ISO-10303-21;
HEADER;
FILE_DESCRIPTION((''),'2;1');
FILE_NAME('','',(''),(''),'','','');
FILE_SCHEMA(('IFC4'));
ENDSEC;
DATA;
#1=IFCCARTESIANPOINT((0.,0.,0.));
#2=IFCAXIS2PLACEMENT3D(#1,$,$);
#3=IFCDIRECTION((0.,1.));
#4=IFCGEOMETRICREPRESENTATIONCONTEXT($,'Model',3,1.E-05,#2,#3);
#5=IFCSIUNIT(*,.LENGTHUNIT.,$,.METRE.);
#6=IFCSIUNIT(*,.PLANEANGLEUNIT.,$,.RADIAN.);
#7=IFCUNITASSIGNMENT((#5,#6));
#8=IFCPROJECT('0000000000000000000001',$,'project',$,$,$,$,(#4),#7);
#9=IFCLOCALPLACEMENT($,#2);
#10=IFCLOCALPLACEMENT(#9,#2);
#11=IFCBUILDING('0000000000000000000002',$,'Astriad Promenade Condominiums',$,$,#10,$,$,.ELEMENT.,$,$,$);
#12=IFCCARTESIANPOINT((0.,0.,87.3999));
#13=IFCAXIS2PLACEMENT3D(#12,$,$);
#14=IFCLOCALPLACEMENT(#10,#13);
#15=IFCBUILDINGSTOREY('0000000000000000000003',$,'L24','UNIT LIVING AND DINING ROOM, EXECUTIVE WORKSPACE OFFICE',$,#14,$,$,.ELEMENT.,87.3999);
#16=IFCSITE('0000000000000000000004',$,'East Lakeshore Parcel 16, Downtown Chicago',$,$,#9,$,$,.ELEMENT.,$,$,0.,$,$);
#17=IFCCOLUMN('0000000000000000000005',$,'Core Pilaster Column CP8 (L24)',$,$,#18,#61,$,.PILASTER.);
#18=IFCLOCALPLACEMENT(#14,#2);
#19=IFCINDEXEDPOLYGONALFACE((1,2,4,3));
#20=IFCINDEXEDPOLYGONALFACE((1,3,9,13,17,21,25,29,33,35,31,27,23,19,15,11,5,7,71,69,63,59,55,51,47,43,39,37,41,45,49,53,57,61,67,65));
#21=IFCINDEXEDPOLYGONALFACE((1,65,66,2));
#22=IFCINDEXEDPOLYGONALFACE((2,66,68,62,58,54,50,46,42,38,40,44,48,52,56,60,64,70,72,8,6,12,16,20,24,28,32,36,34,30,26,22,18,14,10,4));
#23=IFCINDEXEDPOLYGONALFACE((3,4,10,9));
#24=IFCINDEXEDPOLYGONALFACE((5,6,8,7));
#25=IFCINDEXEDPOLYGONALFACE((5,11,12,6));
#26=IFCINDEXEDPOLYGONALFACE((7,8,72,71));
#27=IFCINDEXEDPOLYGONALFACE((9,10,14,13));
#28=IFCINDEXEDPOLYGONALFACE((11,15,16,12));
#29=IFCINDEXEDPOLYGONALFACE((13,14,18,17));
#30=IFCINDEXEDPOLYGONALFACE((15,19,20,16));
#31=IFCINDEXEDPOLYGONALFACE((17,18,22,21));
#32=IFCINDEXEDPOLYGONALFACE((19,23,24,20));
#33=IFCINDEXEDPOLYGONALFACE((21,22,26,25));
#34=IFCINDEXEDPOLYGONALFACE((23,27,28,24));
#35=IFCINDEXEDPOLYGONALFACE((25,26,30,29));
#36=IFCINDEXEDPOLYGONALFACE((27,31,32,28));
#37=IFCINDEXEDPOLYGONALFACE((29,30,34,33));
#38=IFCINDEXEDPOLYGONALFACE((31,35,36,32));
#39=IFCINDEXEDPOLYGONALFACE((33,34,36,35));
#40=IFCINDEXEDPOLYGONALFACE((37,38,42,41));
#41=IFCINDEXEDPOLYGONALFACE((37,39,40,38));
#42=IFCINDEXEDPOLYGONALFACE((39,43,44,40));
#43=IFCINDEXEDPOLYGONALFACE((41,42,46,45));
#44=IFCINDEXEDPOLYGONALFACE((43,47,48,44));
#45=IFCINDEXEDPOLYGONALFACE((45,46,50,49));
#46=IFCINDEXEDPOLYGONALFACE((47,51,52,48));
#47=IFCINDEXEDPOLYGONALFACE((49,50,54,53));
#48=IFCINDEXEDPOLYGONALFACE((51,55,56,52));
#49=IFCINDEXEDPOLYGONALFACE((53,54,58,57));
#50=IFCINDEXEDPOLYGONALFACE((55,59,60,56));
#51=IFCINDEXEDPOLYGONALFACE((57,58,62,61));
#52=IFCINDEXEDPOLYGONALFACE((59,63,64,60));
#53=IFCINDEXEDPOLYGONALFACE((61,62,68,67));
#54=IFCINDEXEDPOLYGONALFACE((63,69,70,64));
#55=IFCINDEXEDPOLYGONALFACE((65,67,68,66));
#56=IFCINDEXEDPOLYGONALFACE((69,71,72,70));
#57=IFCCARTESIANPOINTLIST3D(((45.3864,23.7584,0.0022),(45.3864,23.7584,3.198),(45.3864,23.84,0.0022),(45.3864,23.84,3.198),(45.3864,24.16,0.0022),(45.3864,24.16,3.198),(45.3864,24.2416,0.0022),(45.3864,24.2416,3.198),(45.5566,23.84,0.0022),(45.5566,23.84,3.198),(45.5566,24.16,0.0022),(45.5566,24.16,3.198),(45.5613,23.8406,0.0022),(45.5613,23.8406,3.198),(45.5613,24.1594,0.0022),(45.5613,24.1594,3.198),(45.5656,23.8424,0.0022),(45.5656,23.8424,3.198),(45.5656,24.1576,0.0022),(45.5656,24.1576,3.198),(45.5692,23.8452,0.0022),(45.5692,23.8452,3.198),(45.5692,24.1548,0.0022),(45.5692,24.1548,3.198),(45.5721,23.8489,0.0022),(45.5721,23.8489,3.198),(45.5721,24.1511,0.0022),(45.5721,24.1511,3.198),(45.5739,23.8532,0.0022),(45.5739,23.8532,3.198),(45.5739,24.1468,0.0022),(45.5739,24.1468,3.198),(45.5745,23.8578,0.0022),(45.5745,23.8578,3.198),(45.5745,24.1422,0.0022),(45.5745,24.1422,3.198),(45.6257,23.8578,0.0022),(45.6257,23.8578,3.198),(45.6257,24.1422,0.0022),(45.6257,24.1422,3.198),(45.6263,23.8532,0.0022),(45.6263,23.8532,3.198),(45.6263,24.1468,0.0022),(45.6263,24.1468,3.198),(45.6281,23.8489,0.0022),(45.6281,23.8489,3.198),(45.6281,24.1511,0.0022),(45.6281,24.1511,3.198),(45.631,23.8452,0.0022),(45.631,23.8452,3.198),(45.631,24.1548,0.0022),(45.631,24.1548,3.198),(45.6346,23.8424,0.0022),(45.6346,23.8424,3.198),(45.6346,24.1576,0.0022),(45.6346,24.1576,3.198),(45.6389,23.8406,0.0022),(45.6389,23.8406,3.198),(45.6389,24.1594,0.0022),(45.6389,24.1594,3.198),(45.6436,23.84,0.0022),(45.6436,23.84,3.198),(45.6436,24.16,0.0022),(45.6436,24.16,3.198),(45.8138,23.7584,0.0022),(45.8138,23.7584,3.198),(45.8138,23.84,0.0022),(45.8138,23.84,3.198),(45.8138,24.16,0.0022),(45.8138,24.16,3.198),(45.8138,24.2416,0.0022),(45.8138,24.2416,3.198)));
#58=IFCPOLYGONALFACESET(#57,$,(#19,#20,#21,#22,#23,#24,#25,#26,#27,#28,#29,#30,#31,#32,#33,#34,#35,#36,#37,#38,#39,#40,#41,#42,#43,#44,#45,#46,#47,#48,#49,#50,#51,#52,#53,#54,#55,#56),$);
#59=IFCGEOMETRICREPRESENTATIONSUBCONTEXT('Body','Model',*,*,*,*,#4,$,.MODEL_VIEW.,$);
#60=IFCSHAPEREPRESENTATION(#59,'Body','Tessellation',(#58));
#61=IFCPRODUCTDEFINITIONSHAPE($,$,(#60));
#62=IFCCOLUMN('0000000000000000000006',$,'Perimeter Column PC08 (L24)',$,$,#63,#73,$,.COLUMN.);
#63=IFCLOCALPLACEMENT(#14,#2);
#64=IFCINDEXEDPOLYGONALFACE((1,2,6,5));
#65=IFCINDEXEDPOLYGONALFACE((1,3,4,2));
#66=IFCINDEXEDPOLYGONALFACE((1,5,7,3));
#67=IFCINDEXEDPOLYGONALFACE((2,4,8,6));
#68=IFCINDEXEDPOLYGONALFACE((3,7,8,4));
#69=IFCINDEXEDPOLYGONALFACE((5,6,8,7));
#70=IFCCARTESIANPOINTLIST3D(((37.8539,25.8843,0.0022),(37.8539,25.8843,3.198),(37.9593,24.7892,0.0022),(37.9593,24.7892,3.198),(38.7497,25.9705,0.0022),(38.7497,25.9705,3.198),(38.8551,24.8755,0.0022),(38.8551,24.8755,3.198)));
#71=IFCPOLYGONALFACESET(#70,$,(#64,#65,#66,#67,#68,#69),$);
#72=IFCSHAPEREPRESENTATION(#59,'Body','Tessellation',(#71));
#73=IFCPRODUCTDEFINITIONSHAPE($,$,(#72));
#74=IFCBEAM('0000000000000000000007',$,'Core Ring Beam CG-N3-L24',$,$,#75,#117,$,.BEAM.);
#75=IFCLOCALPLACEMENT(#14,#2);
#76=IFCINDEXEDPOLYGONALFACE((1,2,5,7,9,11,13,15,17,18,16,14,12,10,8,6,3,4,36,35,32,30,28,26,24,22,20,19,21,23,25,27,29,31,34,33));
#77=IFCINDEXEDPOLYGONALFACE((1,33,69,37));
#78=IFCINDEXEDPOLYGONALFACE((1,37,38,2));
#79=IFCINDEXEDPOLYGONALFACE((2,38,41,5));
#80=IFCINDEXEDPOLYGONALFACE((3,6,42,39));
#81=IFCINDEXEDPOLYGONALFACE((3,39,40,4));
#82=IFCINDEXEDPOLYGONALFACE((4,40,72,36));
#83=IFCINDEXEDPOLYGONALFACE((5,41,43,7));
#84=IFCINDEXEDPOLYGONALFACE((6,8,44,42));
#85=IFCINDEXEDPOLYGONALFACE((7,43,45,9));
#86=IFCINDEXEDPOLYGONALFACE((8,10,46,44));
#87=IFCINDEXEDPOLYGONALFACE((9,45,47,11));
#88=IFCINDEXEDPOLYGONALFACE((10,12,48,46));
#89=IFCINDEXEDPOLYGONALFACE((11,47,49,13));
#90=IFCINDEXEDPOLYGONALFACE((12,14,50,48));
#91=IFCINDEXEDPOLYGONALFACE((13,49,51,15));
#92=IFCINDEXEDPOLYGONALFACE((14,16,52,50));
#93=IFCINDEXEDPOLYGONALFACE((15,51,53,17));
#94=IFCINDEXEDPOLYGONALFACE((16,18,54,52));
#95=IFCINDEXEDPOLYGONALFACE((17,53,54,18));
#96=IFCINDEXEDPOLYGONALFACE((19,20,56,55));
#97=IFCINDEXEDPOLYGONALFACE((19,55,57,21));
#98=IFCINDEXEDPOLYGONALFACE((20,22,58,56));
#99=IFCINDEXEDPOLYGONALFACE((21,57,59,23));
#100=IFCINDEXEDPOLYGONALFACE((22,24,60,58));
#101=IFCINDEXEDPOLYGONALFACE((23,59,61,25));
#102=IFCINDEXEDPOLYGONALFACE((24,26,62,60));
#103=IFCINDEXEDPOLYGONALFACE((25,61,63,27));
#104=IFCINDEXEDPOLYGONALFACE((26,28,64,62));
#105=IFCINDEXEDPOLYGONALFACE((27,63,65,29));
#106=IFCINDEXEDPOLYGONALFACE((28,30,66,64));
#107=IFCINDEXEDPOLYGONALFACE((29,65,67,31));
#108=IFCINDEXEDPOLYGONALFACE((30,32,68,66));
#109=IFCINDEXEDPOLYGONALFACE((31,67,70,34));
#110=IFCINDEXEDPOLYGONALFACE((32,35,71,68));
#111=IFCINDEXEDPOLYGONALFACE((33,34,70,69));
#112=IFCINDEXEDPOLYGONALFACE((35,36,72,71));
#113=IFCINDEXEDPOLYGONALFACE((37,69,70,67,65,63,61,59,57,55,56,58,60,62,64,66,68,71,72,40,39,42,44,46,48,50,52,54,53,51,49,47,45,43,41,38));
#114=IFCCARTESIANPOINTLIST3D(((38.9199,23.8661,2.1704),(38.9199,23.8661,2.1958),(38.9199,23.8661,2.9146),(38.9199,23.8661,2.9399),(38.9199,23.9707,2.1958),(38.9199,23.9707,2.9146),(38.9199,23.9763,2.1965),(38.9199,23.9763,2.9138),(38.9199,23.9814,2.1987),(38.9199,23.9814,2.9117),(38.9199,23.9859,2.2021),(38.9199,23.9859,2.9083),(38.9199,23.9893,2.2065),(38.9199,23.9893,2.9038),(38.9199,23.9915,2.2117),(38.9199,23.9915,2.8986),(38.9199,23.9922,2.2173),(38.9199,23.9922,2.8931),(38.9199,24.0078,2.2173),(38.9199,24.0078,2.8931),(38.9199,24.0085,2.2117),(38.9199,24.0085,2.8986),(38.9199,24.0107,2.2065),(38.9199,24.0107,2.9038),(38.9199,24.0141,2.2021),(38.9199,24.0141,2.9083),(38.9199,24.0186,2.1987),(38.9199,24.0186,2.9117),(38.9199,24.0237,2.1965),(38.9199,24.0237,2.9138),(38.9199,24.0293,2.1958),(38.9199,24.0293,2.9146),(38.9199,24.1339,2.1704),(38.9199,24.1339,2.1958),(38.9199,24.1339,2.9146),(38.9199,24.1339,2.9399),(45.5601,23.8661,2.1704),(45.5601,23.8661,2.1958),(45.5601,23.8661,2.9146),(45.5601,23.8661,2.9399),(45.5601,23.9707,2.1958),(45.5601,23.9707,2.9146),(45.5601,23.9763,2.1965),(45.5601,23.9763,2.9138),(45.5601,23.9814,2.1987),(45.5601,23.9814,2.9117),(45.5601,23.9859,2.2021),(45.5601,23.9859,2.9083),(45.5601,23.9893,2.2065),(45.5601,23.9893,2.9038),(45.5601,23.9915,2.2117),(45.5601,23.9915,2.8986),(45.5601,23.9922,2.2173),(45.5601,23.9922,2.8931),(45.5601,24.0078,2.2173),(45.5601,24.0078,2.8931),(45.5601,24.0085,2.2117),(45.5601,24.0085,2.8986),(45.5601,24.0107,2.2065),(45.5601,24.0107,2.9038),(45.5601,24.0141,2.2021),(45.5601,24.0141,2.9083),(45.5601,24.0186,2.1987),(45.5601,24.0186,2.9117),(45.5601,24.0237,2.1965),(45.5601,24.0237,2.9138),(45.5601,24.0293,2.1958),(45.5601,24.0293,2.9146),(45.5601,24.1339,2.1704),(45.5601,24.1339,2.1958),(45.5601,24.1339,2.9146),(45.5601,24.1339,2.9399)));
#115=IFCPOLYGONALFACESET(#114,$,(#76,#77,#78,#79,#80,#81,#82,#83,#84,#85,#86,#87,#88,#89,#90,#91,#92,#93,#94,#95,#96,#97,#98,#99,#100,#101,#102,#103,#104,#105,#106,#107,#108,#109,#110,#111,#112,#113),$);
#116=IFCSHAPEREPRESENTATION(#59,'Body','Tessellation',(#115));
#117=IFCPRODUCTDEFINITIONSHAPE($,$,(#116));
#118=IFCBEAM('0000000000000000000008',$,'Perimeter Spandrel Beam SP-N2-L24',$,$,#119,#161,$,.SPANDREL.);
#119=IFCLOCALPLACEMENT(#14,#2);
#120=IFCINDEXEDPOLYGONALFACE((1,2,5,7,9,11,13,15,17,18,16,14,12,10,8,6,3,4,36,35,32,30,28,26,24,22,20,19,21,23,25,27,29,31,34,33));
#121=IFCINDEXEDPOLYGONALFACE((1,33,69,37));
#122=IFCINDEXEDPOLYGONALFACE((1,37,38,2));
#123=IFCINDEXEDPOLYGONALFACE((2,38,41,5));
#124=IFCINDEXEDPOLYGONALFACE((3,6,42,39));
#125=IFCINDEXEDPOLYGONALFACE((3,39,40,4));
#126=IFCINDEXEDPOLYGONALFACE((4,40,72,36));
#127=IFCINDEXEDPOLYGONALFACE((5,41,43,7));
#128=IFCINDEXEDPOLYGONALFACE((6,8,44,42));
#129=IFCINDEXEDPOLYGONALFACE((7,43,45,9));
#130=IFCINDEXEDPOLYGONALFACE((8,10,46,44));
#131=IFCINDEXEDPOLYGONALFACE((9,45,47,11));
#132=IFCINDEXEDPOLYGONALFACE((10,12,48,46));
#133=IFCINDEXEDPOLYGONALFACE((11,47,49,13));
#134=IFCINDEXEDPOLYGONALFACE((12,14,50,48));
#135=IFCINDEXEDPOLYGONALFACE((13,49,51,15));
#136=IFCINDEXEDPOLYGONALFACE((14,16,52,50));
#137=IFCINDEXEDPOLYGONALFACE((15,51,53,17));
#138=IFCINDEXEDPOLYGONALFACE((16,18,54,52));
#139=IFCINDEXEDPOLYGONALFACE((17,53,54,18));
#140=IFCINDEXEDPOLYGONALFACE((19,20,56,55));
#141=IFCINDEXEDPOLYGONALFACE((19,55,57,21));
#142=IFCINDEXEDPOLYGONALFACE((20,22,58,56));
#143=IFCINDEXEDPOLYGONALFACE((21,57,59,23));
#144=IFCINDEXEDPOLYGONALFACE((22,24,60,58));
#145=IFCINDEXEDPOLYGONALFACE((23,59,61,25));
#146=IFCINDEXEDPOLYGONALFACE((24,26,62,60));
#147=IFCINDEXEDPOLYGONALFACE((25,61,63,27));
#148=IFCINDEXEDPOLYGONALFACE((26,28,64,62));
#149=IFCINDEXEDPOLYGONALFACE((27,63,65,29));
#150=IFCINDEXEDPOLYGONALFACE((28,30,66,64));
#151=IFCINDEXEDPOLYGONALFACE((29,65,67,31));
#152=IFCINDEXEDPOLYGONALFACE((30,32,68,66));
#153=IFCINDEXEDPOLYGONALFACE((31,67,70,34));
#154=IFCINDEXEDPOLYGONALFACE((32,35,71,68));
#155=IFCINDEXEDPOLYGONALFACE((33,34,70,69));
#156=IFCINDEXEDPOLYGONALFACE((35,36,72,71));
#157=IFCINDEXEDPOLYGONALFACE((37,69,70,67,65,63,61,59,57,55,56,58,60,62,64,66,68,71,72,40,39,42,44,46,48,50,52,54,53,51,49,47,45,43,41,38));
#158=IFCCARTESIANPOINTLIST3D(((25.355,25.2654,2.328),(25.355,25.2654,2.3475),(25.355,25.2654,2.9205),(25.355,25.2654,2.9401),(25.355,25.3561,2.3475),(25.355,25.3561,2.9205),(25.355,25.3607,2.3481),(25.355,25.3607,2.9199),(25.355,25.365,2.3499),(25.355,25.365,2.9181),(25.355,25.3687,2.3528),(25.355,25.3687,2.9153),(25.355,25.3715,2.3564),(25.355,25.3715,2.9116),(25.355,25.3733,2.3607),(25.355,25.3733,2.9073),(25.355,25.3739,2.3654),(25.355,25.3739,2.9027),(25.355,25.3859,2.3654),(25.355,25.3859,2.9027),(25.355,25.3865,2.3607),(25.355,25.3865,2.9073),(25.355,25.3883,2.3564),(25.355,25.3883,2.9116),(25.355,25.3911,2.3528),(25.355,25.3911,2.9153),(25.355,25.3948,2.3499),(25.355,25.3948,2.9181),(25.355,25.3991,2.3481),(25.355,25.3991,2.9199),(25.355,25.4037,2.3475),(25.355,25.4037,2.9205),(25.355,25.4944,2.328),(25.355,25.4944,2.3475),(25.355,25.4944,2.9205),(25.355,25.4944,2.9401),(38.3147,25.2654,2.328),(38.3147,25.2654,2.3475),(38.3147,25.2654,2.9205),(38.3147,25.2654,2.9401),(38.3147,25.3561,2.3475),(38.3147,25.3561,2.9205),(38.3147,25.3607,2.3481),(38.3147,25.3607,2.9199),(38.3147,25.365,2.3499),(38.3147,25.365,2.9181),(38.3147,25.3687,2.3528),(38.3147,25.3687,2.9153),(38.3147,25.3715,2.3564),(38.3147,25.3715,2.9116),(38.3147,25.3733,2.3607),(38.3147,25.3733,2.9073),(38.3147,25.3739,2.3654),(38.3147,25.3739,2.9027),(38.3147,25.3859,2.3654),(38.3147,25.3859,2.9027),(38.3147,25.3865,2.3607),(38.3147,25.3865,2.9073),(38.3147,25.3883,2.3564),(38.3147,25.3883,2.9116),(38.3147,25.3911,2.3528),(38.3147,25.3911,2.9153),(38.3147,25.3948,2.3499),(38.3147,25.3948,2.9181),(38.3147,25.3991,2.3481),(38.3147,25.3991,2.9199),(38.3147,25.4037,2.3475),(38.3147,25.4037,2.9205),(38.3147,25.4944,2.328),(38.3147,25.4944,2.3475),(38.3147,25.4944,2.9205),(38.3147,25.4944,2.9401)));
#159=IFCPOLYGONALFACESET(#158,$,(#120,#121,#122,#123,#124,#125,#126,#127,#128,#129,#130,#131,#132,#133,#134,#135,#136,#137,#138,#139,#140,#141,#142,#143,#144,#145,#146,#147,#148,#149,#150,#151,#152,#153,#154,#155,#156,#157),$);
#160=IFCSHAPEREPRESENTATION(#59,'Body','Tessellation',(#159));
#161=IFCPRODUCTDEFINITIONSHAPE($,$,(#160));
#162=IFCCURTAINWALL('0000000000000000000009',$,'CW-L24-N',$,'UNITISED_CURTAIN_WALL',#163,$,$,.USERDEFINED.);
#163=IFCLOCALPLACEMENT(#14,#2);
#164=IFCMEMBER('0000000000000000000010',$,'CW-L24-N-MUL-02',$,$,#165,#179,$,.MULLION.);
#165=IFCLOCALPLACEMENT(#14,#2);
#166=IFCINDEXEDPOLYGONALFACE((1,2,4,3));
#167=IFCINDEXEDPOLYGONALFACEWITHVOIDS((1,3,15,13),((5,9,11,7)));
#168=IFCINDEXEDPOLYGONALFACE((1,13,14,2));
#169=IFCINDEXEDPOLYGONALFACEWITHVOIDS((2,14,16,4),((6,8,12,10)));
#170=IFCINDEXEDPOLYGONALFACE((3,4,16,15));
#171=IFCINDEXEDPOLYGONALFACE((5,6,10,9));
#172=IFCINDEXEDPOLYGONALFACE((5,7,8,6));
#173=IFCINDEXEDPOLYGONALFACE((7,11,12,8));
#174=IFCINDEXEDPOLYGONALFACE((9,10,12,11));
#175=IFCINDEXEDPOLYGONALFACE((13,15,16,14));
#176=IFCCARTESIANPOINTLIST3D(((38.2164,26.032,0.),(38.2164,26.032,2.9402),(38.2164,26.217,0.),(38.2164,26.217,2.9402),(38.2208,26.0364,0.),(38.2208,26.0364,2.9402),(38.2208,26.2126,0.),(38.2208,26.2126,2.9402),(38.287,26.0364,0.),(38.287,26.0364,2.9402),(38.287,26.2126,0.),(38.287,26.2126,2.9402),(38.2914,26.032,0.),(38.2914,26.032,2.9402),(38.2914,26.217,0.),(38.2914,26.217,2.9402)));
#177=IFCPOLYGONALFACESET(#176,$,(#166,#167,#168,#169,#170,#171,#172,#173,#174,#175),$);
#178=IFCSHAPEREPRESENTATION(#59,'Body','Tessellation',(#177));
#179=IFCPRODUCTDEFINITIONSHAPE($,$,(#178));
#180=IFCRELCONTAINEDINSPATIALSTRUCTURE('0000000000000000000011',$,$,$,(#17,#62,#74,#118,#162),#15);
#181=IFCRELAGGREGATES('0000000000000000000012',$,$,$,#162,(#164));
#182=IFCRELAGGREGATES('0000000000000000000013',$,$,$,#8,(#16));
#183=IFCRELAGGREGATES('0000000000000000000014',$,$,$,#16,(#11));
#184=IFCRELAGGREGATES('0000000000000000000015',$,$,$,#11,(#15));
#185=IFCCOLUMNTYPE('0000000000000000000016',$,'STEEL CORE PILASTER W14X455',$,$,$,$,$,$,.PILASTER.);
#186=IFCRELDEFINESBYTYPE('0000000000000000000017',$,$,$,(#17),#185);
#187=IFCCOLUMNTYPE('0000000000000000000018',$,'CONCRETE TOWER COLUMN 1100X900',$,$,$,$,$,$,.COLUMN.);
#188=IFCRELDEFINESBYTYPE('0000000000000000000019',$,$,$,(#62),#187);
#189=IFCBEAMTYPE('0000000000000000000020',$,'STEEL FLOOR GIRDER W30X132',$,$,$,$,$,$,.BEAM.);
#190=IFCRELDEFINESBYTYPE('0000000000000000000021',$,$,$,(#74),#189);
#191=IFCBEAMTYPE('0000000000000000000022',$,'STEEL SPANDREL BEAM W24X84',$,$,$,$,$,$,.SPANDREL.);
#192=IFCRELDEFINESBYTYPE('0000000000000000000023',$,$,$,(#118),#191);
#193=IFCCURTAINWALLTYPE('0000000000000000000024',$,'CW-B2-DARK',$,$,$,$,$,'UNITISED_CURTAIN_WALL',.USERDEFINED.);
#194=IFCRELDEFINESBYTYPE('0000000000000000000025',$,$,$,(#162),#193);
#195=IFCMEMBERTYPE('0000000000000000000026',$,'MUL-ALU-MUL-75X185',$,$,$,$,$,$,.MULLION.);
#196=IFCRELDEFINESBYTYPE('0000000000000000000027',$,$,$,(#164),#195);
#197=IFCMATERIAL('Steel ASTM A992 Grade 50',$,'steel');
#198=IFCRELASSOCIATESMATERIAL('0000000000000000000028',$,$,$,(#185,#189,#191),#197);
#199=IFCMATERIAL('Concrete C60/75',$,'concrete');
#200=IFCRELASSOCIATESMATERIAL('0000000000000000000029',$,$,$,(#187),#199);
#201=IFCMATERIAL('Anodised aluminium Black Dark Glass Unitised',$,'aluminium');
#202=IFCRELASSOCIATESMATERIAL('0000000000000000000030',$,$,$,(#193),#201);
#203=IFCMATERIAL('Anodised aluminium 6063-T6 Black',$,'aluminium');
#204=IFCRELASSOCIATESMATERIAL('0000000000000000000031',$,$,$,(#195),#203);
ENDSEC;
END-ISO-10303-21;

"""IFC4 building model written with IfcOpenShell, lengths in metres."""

from ifc_helpers import new_model, si_unit, direction, frame, origin, origin_2d, place, context, subcontext, project, spatial, rectangle, hollow_rectangle, i_section, extrude, source, transform, mapped, material, material_profile, profile_set, type_object, type_shapes, element, aggregate, save


model = new_model("IFC4")

# Units and contexts
model_context = context("Model", 3, precision=1e-05, world=origin(), true_north=direction((0.0, 1.0)))
body_context = subcontext(model_context, "Body", "Model", "MODEL_VIEW")
ifc_project = project(units=[si_unit("LENGTHUNIT", "METRE"), si_unit("PLANEANGLEUNIT", "RADIAN")], contexts=[model_context])

# Site, building, storey
site_placement = place(None, origin())
site = spatial("IfcSite", under=ifc_project, at=site_placement, Name="East Lakeshore Parcel 16, Downtown Chicago", CompositionType="ELEMENT", RefElevation=0.0)
building_placement = place(site_placement, origin())
building = spatial("IfcBuilding", under=site, at=building_placement, Name="Astriad Promenade Condominiums", CompositionType="ELEMENT")
storey_placement = place(building_placement, frame((0.0, 0.0, 87.3999)))
storey = spatial("IfcBuildingStorey", under=building, at=storey_placement, Name="L24", Description="UNIT LIVING AND DINING ROOM, EXECUTIVE WORKSPACE OFFICE", CompositionType="ELEMENT", Elevation=87.3999)

# Columns
ifc_material_1 = material(Name="Steel ASTM A992 Grade 50", Category="steel")
ifc_material_profile_1 = material_profile(ifc_material_1, i_section(OverallWidth=0.4275, OverallDepth=0.4832, WebThickness=0.0513, FlangeThickness=0.0815, FilletRadius=0.0178, at=origin_2d()), Name="W14X455")
ifc_profile_set_1 = profile_set([ifc_material_profile_1], Name="Steel ASTM A992 Grade 50")
column_type_1 = type_object("IfcColumnType", Name="STEEL CORE PILASTER W14X455", PredefinedType="PILASTER", material=ifc_profile_set_1)
shared_shape_1 = source(origin(), body_context, "Body", "SweptSolid", [
    extrude(i_section(OverallWidth=0.4275, OverallDepth=0.4832, WebThickness=0.0513, FlangeThickness=0.0815, FilletRadius=0.0178, at=origin_2d()), origin(), (0.0, 0.0, 1.0), 3.1958),
])
type_shapes(column_type_1, [shared_shape_1])
column_1_placement = place(storey_placement, frame((45.6001, 24.0, 0.0022), z_axis=(0.0, 0.0, 1.0), x_axis=(1.0, 0.0, 0.0)))
element("IfcColumn", 1, at=column_1_placement, inside=storey, type_object=column_type_1, Name="Core Pilaster Column CP8 (L24)", PredefinedType="PILASTER", context=body_context, shape_type="MappedRepresentation", body=[
    mapped(shared_shape_1, transform((0.0, 0.0, 0.0), scale=1.0)),
])
ifc_material_2 = material(Name="Concrete C60/75", Category="concrete")
ifc_material_profile_2 = material_profile(ifc_material_2, rectangle(XDim=0.8999, YDim=1.1001, at=origin_2d()), Name="RC-COL-1100X900")
ifc_profile_set_2 = profile_set([ifc_material_profile_2], Name="Concrete C60/75")
column_type_2 = type_object("IfcColumnType", Name="CONCRETE TOWER COLUMN 1100X900", PredefinedType="COLUMN", material=ifc_profile_set_2)
shared_shape_2 = source(origin(), body_context, "Body", "SweptSolid", [
    extrude(rectangle(XDim=0.8999, YDim=1.1001, at=origin_2d()), origin(), (0.0, 0.0, 1.0), 3.1958),
])
type_shapes(column_type_2, [shared_shape_2])
column_2_placement = place(storey_placement, frame((38.3545, 25.3799, 0.0022), z_axis=(0.0, 0.0, 1.0), x_axis=(0.995396, 0.095846, 0.0)))
element("IfcColumn", 2, at=column_2_placement, inside=storey, type_object=column_type_2, Name="Perimeter Column PC08 (L24)", PredefinedType="COLUMN", context=body_context, shape_type="MappedRepresentation", body=[
    mapped(shared_shape_2, transform((0.0, 0.0, 0.0), scale=1.0)),
])

# Beams
ifc_material_profile_3 = material_profile(ifc_material_1, i_section(OverallWidth=0.2678, OverallDepth=0.7695, WebThickness=0.0156, FlangeThickness=0.0254, FilletRadius=0.0215, at=origin_2d()), Name="W30X132")
ifc_profile_set_3 = profile_set([ifc_material_profile_3], Name="Steel ASTM A992 Grade 50")
beam_type_1 = type_object("IfcBeamType", Name="STEEL FLOOR GIRDER W30X132", PredefinedType="BEAM", material=ifc_profile_set_3)
shared_shape_3 = source(origin(), body_context, "Body", "SweptSolid", [
    extrude(i_section(OverallWidth=0.2678, OverallDepth=0.7695, WebThickness=0.0156, FlangeThickness=0.0254, FilletRadius=0.0215, at=origin_2d()), origin(), (0.0, 0.0, 1.0), 6.6401),
])
type_shapes(beam_type_1, [shared_shape_3])
beam_1_placement = place(storey_placement, frame((38.9199, 24.0, 2.5552), z_axis=(1.0, 0.0, 0.0), x_axis=(0.0, 1.0, 0.0)))
element("IfcBeam", 3, at=beam_1_placement, inside=storey, type_object=beam_type_1, Name="Core Ring Beam CG-N3-L24", PredefinedType="BEAM", context=body_context, shape_type="MappedRepresentation", body=[
    mapped(shared_shape_3, transform((0.0, 0.0, 0.0), scale=1.0)),
])
ifc_material_profile_4 = material_profile(ifc_material_1, i_section(OverallWidth=0.229, OverallDepth=0.6121, WebThickness=0.012, FlangeThickness=0.0195, FilletRadius=0.0178, at=origin_2d()), Name="W24X84")
ifc_profile_set_4 = profile_set([ifc_material_profile_4], Name="Steel ASTM A992 Grade 50")
beam_type_2 = type_object("IfcBeamType", Name="STEEL SPANDREL BEAM W24X84", PredefinedType="SPANDREL", material=ifc_profile_set_4)
shared_shape_4 = source(origin(), body_context, "Body", "SweptSolid", [
    extrude(i_section(OverallWidth=0.229, OverallDepth=0.6121, WebThickness=0.012, FlangeThickness=0.0195, FilletRadius=0.0178, at=origin_2d()), origin(), (0.0, 0.0, 1.0), 12.9597),
])
type_shapes(beam_type_2, [shared_shape_4])
beam_2_placement = place(storey_placement, frame((38.3147, 25.3799, 2.634), z_axis=(-1.0, 0.0, 0.0), x_axis=(0.0, -1.0, 0.0)))
element("IfcBeam", 4, at=beam_2_placement, inside=storey, type_object=beam_type_2, Name="Perimeter Spandrel Beam SP-N2-L24", PredefinedType="SPANDREL", context=body_context, shape_type="MappedRepresentation", body=[
    mapped(shared_shape_4, transform((0.0, 0.0, 0.0), scale=1.0)),
])

# Curtain wall, member
ifc_material_3 = material(Name="Anodised aluminium Black Dark Glass Unitised", Category="aluminium")
curtain_wall_type = type_object("IfcCurtainWallType", Name="CW-B2-DARK", ElementType="UNITISED_CURTAIN_WALL", PredefinedType="USERDEFINED", material=ifc_material_3)
curtain_wall_placement = place(storey_placement, origin())
curtain_wall = element("IfcCurtainWall", 5, at=curtain_wall_placement, inside=storey, type_object=curtain_wall_type, Name="CW-L24-N", ObjectType="UNITISED_CURTAIN_WALL", PredefinedType="USERDEFINED")
ifc_material_4 = material(Name="Anodised aluminium 6063-T6 Black", Category="aluminium")
ifc_material_profile_5 = material_profile(ifc_material_4, hollow_rectangle(XDim=0.075, YDim=0.1851, WallThickness=0.0044, at=origin_2d()), Name="ALU-MUL-75X185")
ifc_profile_set_5 = profile_set([ifc_material_profile_5], Name="Anodised aluminium 6063-T6 Black")
member_type_1 = type_object("IfcMemberType", Name="MUL-ALU-MUL-75X185", PredefinedType="MULLION", material=ifc_profile_set_5)
shared_shape_5 = source(origin(), body_context, "Body", "SweptSolid", [
    extrude(hollow_rectangle(XDim=0.075, YDim=0.1851, WallThickness=0.0044, at=origin_2d()), origin(), (0.0, 0.0, 1.0), 2.9402),
])
type_shapes(member_type_1, [shared_shape_5])
member_1_placement = place(storey_placement, frame((38.2539, 26.1245, 0.0), z_axis=(0.0, 0.0, 1.0), x_axis=(1.0, 0.0, 0.0)))
member_1 = element("IfcMember", 6, at=member_1_placement, type_object=member_type_1, Name="CW-L24-N-MUL-02", PredefinedType="MULLION", context=body_context, shape_type="MappedRepresentation", body=[
    mapped(shared_shape_5, transform((0.0, 0.0, 0.0), scale=1.0)),
])
aggregate(curtain_wall, [member_1])

save(model, "model.ifc")
